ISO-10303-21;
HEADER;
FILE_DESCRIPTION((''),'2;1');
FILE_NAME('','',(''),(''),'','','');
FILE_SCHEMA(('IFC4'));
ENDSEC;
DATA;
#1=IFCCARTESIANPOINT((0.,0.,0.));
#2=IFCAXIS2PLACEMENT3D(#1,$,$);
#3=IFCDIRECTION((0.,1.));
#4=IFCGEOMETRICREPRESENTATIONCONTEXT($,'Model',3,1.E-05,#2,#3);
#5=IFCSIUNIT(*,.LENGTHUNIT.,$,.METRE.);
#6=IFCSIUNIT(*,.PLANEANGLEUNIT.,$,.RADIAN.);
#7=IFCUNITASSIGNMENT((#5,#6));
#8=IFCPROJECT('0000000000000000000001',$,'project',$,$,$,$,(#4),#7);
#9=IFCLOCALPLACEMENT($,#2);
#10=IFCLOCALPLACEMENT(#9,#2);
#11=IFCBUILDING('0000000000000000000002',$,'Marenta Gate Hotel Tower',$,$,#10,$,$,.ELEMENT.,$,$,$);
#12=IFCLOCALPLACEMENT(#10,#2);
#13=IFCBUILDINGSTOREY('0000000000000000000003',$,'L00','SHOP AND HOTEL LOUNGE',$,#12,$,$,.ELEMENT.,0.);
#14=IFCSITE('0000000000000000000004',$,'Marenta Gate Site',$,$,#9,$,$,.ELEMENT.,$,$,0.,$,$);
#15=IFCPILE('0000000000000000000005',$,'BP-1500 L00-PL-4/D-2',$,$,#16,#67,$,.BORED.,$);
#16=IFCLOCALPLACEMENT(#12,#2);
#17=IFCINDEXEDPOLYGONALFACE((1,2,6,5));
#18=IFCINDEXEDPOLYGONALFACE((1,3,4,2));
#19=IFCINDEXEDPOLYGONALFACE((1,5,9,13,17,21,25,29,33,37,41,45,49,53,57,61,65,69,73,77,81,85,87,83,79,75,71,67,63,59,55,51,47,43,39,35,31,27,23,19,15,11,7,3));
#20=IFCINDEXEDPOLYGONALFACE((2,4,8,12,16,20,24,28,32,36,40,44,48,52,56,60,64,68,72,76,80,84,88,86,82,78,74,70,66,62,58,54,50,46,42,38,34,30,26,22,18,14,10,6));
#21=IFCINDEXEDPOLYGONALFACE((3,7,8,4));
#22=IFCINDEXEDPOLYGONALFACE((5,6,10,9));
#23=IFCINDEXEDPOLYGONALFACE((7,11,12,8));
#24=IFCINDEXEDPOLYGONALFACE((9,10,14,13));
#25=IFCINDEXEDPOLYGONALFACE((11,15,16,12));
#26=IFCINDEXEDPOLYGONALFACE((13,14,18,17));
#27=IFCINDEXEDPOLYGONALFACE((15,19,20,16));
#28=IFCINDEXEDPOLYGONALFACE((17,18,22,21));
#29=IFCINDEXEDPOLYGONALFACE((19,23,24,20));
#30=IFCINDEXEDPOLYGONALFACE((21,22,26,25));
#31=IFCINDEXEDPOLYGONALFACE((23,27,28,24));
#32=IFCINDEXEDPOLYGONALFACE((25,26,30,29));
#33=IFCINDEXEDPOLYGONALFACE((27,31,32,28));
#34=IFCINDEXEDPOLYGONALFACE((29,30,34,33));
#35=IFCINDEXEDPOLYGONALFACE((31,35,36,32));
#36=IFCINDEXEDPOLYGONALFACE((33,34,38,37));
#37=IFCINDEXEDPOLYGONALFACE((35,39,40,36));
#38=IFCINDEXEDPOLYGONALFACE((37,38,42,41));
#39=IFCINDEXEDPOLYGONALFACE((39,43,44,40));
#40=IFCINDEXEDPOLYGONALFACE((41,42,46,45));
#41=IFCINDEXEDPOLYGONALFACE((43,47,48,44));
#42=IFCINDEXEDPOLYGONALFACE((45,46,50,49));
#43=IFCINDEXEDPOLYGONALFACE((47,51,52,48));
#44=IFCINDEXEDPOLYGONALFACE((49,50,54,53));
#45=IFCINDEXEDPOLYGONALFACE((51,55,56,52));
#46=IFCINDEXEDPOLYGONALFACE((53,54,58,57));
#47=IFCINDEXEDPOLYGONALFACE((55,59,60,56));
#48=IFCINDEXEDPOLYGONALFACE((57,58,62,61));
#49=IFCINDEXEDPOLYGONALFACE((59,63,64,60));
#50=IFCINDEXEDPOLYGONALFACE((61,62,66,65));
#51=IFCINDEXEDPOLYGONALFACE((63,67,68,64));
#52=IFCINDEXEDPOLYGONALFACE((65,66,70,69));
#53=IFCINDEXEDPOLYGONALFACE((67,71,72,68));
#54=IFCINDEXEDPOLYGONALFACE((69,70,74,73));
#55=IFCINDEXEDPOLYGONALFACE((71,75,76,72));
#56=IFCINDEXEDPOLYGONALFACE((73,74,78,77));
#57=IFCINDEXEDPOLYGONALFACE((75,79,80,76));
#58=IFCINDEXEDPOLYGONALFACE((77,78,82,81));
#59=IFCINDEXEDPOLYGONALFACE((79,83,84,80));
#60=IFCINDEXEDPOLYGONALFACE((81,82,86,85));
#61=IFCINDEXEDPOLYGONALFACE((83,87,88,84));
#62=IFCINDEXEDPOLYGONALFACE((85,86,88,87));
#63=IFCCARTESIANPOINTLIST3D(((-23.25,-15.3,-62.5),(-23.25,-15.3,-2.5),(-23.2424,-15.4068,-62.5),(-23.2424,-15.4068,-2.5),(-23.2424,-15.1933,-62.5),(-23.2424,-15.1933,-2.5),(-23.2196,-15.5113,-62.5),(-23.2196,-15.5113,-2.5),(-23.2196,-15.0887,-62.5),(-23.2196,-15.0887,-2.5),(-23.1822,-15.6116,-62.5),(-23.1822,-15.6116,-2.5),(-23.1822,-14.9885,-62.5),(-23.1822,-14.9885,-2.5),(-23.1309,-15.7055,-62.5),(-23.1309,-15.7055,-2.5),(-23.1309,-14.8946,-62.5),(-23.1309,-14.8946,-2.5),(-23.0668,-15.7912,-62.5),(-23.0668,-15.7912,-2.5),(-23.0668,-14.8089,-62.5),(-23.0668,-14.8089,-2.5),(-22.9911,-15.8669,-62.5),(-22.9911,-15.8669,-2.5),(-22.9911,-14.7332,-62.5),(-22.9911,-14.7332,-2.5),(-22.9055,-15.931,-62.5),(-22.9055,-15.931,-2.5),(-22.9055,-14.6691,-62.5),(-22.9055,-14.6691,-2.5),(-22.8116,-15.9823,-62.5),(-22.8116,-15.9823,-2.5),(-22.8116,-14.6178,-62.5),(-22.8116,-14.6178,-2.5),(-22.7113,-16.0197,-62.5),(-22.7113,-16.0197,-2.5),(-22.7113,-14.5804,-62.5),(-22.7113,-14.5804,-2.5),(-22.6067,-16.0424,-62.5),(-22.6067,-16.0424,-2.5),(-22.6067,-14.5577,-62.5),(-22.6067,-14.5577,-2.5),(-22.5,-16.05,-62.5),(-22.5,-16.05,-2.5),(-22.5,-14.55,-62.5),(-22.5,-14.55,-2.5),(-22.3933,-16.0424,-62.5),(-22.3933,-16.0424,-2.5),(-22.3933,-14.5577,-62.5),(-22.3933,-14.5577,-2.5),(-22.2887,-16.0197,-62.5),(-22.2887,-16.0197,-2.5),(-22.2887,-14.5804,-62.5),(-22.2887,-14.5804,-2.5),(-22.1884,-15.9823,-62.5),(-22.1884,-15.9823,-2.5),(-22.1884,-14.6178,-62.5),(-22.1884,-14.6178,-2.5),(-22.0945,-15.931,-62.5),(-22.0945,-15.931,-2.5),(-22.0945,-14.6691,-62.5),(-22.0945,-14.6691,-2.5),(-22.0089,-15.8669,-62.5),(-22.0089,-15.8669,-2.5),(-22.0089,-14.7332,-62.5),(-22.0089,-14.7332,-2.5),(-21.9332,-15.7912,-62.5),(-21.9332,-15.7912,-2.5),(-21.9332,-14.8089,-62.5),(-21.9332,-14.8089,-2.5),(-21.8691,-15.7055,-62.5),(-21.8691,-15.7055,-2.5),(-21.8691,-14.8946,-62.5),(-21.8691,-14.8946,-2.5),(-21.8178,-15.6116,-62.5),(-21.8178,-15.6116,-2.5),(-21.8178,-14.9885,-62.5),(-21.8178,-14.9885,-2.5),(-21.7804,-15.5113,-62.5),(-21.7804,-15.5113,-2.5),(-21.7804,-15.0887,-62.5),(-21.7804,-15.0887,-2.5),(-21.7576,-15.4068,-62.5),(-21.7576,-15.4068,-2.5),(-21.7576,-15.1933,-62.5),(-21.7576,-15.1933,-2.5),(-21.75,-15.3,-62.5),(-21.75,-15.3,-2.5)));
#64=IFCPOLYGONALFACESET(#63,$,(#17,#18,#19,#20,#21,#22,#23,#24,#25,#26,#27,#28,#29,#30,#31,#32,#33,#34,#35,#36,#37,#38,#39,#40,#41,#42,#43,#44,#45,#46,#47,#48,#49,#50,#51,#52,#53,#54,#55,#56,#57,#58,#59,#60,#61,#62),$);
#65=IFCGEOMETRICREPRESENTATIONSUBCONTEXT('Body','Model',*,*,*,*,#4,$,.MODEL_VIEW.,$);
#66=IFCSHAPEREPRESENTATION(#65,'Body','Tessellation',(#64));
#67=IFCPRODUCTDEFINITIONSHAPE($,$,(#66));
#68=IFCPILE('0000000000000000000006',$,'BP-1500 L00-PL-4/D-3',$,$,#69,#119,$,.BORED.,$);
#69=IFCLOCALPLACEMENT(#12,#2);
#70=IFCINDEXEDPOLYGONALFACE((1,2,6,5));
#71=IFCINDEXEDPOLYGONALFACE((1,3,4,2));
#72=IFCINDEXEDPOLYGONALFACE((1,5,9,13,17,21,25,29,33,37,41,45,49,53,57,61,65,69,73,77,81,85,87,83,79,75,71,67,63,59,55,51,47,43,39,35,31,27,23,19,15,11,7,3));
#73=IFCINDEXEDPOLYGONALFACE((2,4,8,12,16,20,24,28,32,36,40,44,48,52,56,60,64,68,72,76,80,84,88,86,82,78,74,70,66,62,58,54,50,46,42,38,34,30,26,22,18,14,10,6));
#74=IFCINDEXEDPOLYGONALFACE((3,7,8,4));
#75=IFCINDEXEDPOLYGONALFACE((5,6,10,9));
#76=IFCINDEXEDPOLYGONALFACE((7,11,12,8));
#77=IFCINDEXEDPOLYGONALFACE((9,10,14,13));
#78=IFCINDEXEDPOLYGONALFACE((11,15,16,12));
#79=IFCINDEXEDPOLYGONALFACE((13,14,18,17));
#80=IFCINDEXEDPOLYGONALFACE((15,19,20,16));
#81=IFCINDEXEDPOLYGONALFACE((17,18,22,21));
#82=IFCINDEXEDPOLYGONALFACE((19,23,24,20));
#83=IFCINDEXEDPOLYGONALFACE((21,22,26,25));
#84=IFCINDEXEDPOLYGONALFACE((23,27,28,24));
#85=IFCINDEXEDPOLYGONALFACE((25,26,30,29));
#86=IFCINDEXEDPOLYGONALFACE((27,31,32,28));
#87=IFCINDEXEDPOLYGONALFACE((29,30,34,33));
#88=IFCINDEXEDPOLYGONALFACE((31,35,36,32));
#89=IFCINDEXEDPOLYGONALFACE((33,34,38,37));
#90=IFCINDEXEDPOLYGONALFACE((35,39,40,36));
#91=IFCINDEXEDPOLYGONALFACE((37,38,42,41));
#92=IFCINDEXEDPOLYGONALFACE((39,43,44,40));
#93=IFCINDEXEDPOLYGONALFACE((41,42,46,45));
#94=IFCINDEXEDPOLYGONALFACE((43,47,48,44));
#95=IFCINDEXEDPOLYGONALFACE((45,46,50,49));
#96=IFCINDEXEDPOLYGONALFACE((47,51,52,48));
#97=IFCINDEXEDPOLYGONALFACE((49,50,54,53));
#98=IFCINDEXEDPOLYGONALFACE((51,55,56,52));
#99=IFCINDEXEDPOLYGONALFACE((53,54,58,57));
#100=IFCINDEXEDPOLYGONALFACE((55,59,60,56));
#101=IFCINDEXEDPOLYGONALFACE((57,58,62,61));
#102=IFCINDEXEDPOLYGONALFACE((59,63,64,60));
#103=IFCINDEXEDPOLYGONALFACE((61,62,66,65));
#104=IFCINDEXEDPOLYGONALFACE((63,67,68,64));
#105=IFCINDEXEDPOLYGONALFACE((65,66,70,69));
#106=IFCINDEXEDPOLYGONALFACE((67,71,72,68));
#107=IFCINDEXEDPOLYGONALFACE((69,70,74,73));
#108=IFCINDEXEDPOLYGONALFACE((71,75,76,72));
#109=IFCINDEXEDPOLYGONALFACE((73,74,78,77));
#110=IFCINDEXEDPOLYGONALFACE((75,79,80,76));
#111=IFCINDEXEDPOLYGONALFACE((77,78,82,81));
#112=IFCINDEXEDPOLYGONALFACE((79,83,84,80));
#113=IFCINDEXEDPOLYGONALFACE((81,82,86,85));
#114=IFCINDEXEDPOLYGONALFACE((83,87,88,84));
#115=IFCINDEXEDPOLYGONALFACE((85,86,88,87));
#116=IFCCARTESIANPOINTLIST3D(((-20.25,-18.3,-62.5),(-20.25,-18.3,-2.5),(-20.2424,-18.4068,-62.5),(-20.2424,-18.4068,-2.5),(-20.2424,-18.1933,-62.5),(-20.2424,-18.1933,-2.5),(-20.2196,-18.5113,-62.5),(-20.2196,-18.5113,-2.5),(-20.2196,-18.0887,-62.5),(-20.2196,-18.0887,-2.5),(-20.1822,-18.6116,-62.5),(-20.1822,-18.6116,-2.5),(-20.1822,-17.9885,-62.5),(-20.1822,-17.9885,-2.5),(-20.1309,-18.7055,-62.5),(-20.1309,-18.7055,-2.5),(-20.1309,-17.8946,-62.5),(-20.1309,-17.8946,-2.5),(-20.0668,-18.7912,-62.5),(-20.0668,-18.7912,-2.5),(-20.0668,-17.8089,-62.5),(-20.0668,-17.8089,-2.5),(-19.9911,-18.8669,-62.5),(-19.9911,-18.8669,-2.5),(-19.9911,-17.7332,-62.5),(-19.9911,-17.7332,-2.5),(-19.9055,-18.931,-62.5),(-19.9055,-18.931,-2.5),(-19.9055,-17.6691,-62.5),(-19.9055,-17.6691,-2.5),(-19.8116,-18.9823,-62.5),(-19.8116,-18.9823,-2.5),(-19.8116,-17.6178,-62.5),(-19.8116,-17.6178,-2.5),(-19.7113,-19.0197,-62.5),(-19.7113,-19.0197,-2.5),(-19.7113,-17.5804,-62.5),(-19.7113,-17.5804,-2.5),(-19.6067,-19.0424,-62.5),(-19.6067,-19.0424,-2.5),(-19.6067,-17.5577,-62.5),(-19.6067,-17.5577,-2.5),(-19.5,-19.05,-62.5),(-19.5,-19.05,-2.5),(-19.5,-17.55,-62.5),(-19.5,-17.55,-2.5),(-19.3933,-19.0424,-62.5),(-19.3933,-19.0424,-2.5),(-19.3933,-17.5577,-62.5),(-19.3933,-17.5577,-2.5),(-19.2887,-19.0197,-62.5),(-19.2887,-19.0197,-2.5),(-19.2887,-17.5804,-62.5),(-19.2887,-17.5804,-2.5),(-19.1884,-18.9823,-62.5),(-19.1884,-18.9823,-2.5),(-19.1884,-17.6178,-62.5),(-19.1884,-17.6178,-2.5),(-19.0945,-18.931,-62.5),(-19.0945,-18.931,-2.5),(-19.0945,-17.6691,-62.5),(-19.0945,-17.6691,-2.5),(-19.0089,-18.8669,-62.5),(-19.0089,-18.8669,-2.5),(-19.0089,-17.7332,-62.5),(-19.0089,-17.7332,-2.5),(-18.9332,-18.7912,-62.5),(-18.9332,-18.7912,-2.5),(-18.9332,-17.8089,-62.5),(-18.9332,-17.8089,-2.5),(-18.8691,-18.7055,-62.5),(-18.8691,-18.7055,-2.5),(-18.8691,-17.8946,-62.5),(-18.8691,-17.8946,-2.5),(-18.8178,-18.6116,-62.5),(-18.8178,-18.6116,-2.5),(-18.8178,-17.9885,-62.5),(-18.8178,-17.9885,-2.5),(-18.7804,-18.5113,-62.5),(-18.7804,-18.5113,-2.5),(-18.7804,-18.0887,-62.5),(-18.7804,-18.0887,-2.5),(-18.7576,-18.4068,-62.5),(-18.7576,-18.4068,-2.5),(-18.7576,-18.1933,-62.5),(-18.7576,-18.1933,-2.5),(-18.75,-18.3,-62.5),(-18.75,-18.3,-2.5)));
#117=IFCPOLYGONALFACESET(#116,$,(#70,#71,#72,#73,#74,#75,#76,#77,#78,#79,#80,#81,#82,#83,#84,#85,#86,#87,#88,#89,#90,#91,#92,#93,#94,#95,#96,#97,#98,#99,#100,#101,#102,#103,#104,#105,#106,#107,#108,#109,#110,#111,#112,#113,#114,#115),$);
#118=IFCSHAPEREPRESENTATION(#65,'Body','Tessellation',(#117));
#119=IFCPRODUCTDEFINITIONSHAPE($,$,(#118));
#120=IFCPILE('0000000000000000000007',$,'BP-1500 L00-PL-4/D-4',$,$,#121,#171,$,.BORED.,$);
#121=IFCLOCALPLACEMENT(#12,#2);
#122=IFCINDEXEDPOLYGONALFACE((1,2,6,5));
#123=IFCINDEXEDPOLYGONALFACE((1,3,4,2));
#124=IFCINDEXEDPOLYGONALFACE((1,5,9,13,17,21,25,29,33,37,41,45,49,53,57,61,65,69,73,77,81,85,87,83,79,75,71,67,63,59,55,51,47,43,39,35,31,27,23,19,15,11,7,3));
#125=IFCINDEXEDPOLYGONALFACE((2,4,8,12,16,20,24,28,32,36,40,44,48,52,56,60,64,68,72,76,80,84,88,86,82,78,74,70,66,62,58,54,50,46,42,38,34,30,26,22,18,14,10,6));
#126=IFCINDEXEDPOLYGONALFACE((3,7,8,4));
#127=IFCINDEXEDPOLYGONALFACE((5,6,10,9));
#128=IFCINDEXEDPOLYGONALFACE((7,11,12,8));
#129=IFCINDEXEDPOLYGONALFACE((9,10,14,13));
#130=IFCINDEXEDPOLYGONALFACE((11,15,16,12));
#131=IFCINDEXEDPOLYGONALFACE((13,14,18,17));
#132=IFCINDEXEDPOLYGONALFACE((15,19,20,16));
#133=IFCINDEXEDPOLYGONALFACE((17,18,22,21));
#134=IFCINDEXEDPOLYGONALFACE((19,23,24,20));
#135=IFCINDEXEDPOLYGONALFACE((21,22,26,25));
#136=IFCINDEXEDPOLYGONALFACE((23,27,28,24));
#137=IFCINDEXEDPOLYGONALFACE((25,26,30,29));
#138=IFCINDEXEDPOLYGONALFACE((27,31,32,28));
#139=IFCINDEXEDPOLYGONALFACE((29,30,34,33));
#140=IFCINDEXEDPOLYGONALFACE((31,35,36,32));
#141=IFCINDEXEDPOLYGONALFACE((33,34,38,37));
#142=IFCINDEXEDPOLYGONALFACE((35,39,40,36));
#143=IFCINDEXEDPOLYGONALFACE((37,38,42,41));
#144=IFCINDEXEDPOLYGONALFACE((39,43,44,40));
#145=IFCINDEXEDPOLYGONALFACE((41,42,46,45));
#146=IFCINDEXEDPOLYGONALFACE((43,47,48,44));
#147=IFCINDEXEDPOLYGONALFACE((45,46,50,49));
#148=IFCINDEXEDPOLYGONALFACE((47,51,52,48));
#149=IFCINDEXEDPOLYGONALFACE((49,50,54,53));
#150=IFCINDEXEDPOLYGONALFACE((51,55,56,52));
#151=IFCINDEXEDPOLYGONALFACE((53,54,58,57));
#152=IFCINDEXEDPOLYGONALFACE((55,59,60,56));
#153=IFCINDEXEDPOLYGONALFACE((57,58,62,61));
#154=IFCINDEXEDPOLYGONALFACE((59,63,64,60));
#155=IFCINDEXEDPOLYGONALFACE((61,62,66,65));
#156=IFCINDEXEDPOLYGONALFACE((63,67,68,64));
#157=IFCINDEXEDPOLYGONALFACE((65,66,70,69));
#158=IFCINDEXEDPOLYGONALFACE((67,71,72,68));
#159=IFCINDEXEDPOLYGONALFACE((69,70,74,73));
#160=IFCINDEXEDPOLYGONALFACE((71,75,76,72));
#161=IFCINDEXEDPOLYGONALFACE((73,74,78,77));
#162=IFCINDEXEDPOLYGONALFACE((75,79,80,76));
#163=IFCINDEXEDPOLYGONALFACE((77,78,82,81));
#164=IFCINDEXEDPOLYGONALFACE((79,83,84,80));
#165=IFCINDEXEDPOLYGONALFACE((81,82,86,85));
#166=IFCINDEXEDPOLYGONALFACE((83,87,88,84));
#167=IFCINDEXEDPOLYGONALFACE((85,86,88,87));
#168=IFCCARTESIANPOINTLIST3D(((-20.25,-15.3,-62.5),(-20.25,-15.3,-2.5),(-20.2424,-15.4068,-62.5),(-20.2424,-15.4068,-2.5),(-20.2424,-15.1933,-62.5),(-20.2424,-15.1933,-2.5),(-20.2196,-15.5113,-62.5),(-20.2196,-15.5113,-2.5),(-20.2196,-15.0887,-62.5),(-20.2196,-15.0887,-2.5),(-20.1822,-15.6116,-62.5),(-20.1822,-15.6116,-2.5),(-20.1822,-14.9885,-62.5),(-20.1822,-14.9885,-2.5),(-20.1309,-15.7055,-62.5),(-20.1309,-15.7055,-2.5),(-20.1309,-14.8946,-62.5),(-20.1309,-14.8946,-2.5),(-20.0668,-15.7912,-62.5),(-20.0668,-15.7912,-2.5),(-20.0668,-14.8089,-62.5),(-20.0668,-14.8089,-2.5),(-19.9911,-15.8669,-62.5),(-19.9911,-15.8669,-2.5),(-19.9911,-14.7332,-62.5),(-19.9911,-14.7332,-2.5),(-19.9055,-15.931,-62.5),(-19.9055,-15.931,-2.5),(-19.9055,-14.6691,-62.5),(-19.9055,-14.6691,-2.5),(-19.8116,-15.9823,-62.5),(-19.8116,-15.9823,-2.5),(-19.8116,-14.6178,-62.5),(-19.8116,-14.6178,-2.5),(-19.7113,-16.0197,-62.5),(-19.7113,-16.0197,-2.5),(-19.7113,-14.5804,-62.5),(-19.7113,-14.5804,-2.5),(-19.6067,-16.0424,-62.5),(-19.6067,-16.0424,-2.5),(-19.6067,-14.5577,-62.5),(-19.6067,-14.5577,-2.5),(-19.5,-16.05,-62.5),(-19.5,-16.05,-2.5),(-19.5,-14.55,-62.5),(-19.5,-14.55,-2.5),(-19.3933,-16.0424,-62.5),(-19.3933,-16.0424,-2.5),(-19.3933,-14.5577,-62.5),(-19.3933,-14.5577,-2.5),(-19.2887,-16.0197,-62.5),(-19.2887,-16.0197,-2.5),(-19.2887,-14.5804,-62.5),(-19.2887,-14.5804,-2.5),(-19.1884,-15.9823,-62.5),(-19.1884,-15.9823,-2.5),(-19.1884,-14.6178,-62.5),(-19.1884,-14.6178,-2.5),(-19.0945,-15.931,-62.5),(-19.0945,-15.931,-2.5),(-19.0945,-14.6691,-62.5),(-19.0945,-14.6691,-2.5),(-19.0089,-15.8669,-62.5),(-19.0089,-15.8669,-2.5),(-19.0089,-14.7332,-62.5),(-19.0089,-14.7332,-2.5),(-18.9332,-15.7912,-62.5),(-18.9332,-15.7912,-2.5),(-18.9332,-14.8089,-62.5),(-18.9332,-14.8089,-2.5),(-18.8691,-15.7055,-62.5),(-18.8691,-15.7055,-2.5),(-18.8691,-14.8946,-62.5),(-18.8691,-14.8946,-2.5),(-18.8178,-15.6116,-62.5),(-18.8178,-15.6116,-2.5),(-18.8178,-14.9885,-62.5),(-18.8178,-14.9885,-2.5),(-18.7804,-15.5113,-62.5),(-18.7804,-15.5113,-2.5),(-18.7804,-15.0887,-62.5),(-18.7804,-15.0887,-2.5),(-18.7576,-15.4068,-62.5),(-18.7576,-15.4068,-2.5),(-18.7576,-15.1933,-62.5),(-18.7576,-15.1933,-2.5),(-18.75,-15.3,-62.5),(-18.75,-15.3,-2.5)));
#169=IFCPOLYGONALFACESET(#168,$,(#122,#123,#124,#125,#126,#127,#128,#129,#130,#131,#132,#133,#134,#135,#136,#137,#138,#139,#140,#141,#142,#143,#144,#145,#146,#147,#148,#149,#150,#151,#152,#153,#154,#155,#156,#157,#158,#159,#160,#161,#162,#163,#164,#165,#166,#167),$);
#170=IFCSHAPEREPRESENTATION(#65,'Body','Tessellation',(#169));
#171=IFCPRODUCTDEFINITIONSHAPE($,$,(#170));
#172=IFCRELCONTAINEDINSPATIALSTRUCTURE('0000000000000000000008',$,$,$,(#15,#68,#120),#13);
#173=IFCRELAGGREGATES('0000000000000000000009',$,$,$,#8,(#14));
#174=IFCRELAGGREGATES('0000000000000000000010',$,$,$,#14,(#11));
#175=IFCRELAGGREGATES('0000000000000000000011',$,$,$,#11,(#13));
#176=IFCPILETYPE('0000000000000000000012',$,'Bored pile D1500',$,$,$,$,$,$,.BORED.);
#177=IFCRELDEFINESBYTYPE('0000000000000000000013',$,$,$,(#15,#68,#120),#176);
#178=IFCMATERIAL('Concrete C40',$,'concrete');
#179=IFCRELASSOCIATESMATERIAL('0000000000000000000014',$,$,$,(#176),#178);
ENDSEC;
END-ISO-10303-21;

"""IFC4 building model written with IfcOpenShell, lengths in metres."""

from ifc_helpers import new_model, si_unit, direction, frame, origin, origin_2d, place, context, subcontext, project, spatial, circle, extrude, material, type_object, element, save


model = new_model("IFC4")

# Units and contexts
model_context = context("Model", 3, precision=1e-05, world=origin(), true_north=direction((0.0, 1.0)))
body_context = subcontext(model_context, "Body", "Model", "MODEL_VIEW")
ifc_project = project(units=[si_unit("LENGTHUNIT", "METRE"), si_unit("PLANEANGLEUNIT", "RADIAN")], contexts=[model_context])

# Site, building, storey
site_placement = place(None, origin())
site = spatial("IfcSite", under=ifc_project, at=site_placement, Name="Marenta Gate Site", CompositionType="ELEMENT", RefElevation=0.0)
building_placement = place(site_placement, origin())
building = spatial("IfcBuilding", under=site, at=building_placement, Name="Marenta Gate Hotel Tower", CompositionType="ELEMENT")
storey_placement = place(building_placement, origin())
storey = spatial("IfcBuildingStorey", under=building, at=storey_placement, Name="L00", Description="SHOP AND HOTEL LOUNGE", CompositionType="ELEMENT", Elevation=0.0)

# Piles
ifc_material_1 = material(Name="Concrete C40", Category="concrete")
pile_type = type_object("IfcPileType", Name="Bored pile D1500", PredefinedType="BORED", material=ifc_material_1)
for number, where, z_axis, x_axis, name in (
    (1, (-22.5, -15.3, -2.5), (0.0, 0.0, -1.0), (1.0, 0.0, 0.0), "BP-1500 L00-PL-4/D-2"),
    (2, (-19.5, -18.3, -2.5), (0.0, 0.0, -1.0), (1.0, 0.0, 0.0), "BP-1500 L00-PL-4/D-3"),
    (3, (-19.5, -15.3, -2.5), (0.0, 0.0, -1.0), (1.0, 0.0, 0.0), "BP-1500 L00-PL-4/D-4"),
):
    element("IfcPile", number, at=place(storey_placement, frame(where, z_axis=z_axis, x_axis=x_axis)), inside=storey, type_object=pile_type, Name=name, PredefinedType="BORED", context=body_context, shape_type="SweptSolid", body=[
        extrude(circle(Radius=0.75, at=origin_2d()), origin(), (0.0, 0.0, 1.0), 60.0),
    ])

save(model, "model.ifc")
